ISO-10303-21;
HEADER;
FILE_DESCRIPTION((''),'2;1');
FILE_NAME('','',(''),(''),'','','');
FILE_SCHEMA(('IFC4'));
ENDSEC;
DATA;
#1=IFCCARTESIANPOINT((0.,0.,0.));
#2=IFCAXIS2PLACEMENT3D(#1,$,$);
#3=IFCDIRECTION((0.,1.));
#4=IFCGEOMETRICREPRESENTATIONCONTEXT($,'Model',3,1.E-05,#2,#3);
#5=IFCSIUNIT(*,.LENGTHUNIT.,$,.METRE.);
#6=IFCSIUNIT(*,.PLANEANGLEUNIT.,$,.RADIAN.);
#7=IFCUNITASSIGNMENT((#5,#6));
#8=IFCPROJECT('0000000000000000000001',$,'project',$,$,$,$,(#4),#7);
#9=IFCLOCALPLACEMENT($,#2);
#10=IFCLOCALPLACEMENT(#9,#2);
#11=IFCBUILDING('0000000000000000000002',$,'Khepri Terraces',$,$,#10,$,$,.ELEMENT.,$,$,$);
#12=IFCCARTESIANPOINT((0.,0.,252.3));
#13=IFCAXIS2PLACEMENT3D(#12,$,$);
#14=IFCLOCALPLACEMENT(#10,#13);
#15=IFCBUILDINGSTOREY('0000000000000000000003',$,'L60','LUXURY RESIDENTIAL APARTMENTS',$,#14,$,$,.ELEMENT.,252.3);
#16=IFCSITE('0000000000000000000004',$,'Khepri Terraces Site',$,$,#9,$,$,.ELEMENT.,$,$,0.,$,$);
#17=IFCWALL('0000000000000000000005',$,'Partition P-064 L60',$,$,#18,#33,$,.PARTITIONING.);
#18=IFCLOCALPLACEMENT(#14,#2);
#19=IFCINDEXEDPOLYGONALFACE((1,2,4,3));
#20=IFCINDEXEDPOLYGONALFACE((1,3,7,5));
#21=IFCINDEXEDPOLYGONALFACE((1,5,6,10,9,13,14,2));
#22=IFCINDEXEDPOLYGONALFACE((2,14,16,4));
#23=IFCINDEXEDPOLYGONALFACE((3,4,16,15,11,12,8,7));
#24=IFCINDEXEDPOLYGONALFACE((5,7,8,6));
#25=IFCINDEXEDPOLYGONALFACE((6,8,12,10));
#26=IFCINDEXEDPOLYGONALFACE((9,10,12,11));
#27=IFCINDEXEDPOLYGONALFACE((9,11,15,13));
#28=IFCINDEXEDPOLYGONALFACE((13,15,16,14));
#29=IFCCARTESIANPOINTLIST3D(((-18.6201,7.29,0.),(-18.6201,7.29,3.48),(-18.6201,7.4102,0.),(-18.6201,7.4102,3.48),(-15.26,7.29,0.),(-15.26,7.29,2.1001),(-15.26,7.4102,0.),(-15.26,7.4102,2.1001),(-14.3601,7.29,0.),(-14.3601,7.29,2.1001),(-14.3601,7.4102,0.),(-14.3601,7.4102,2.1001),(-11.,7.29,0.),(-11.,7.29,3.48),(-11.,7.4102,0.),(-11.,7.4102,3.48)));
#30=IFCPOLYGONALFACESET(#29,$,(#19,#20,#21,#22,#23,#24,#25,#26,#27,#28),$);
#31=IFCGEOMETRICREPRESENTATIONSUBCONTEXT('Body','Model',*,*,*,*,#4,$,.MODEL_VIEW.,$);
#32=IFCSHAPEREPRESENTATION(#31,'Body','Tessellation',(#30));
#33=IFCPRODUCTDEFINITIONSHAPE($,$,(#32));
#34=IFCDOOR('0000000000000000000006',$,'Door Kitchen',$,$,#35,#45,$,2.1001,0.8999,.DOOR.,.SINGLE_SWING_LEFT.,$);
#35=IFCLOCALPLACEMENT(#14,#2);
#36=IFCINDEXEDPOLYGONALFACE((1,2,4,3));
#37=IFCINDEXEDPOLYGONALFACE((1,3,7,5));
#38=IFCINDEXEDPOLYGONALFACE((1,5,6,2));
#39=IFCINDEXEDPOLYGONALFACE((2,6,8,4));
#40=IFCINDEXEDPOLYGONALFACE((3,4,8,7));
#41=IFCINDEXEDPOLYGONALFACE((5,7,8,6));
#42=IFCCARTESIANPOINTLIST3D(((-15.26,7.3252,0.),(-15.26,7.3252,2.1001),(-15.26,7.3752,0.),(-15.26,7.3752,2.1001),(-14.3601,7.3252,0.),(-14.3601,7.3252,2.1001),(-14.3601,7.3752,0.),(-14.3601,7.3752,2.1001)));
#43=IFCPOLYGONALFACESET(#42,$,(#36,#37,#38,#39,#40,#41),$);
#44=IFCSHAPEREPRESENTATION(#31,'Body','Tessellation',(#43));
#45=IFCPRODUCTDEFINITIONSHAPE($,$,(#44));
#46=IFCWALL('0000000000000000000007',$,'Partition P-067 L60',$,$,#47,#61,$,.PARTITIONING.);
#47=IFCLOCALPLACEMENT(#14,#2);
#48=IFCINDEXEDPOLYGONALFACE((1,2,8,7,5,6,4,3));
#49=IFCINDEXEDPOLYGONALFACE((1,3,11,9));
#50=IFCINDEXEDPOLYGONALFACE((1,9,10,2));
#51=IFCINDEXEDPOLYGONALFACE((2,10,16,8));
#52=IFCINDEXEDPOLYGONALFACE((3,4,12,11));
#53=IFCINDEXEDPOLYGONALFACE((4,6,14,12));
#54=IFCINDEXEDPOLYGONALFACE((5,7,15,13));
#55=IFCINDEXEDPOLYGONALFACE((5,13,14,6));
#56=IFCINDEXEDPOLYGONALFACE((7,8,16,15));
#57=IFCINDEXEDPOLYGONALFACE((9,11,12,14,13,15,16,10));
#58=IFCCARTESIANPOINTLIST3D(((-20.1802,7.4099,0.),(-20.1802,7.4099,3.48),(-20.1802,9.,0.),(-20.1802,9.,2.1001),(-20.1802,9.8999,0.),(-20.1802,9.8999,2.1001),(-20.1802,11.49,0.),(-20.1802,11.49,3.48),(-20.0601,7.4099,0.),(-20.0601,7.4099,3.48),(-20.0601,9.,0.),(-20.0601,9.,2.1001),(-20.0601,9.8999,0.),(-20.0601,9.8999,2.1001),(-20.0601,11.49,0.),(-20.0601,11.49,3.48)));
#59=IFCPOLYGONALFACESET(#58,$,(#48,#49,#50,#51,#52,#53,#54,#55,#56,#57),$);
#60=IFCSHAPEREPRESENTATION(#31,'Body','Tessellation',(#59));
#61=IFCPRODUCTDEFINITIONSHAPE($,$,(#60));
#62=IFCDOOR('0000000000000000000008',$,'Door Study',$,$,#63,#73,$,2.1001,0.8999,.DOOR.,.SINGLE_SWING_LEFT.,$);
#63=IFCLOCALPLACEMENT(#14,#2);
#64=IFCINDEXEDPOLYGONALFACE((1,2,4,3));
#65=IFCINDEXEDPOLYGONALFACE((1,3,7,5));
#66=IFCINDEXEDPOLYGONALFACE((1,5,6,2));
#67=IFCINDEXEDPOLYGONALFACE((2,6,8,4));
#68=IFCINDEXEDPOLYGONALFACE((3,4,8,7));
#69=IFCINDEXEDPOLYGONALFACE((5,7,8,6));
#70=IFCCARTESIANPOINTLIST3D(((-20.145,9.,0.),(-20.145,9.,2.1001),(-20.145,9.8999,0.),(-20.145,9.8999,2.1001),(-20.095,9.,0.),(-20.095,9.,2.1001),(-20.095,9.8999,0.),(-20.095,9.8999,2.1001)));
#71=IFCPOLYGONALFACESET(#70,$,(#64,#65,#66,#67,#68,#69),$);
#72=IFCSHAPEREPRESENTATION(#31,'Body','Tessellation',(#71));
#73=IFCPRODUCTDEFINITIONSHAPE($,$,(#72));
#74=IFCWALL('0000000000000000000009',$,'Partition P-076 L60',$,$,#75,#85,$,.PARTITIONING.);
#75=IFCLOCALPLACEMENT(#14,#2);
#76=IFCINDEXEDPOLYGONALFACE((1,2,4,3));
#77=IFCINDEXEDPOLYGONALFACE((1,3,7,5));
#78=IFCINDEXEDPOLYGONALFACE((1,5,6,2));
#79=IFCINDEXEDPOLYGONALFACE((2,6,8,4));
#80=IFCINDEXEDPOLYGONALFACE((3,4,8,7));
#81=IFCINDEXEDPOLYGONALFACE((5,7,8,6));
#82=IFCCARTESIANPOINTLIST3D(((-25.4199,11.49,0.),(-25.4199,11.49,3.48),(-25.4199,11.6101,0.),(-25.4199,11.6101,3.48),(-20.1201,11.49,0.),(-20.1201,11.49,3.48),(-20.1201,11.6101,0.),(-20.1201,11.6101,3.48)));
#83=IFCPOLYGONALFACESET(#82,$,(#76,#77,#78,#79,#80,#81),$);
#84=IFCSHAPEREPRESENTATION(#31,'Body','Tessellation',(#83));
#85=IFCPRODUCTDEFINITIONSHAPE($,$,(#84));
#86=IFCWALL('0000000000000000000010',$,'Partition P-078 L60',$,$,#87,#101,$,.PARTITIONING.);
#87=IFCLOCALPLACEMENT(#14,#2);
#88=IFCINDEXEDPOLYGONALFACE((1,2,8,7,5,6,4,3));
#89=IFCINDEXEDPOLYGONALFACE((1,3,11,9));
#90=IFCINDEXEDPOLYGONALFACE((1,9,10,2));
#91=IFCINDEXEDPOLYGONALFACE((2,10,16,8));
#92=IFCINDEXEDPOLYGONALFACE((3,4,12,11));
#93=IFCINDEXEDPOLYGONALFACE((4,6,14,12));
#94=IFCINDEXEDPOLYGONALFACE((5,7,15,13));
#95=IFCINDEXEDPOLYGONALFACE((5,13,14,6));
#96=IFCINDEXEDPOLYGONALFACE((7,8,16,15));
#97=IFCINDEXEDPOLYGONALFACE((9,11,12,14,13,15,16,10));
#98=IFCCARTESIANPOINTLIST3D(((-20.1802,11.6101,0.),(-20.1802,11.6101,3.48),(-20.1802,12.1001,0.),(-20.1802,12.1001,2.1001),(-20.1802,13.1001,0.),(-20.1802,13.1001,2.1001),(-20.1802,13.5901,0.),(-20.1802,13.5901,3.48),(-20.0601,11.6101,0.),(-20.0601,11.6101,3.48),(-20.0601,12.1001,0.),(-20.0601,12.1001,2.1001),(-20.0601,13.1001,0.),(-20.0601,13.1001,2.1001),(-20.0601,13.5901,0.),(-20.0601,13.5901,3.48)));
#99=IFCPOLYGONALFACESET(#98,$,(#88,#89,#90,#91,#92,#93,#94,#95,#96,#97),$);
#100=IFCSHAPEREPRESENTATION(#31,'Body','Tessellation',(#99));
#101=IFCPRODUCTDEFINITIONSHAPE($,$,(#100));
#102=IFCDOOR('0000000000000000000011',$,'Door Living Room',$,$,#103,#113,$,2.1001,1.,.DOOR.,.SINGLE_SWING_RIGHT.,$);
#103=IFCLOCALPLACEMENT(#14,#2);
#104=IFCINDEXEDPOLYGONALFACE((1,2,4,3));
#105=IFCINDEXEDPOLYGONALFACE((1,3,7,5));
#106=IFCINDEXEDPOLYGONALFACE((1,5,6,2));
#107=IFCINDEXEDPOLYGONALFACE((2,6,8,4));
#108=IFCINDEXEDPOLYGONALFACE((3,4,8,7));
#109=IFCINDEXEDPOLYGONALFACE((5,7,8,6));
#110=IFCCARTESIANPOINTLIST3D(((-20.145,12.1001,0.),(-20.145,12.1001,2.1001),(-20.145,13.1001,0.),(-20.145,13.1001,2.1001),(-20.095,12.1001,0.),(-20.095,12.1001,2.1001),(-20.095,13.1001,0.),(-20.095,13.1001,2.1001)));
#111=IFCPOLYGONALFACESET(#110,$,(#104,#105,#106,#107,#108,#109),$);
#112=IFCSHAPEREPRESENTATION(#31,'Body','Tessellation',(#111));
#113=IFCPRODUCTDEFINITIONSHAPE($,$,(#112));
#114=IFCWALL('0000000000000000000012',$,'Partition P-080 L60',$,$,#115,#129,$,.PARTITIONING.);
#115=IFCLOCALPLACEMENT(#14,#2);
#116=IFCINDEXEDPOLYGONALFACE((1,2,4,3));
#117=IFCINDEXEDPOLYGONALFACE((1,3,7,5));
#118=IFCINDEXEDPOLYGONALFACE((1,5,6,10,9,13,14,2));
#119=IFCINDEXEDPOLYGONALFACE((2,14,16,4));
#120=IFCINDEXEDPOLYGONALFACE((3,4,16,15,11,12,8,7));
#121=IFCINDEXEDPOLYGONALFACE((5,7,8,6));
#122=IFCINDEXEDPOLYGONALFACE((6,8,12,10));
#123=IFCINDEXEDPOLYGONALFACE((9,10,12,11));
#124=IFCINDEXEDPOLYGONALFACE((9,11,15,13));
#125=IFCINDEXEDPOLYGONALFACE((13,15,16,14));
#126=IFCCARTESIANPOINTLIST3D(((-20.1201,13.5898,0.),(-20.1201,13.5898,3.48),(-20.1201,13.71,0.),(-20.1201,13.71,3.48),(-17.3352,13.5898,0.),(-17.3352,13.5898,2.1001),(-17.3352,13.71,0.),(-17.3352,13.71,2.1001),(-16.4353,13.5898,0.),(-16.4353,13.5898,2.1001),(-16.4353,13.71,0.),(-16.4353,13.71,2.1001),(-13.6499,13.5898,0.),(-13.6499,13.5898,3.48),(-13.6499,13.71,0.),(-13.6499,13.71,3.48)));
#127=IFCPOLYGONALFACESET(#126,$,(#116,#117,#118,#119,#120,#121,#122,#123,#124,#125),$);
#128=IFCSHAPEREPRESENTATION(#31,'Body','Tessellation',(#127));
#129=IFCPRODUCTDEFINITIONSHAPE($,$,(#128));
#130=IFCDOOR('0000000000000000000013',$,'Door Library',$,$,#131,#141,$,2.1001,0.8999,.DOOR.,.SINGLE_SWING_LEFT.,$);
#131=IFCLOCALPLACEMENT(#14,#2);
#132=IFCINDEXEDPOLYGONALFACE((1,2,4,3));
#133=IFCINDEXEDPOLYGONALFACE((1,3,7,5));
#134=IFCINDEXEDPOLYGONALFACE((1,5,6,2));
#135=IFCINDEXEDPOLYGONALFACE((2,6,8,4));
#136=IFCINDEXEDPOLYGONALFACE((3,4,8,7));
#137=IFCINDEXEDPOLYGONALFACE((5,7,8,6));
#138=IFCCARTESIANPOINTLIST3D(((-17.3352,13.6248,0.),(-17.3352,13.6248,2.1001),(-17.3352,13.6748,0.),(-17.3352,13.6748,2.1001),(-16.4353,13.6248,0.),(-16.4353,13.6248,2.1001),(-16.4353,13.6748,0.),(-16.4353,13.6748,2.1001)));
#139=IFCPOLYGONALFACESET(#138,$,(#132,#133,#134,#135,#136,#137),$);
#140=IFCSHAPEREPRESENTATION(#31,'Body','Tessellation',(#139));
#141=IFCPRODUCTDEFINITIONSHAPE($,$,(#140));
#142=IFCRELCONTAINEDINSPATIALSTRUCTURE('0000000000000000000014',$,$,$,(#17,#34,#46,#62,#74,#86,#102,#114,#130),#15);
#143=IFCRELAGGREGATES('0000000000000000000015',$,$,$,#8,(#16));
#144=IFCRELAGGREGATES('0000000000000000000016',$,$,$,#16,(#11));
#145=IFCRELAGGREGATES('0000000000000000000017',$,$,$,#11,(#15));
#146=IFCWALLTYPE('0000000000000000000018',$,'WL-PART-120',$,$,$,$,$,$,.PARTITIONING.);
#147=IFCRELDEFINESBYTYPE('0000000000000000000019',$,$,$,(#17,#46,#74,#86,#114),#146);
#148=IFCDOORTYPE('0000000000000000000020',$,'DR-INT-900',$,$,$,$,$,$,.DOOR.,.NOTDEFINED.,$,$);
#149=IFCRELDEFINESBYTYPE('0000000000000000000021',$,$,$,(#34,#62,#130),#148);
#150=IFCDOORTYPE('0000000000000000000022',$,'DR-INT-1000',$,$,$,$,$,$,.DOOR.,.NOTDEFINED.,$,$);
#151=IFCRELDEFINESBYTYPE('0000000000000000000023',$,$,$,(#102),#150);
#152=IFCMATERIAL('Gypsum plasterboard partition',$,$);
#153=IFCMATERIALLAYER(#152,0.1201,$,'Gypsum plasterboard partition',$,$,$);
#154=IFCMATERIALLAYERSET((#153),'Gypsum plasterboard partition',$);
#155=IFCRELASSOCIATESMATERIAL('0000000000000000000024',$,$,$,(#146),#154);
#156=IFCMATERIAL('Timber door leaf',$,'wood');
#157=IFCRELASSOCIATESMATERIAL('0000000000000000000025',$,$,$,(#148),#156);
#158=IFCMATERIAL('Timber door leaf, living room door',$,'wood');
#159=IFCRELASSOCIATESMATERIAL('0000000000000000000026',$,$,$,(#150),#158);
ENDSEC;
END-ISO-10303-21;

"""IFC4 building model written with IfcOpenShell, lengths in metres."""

from ifc_helpers import new_model, si_unit, direction, frame, frame_2d, origin, place, context, subcontext, project, spatial, rectangle, extrude, material, layer, layer_set, type_object, element, fill, save


model = new_model("IFC4")

# Units and contexts
model_context = context("Model", 3, precision=1e-05, world=origin(), true_north=direction((0.0, 1.0)))
body_context = subcontext(model_context, "Body", "Model", "MODEL_VIEW")
ifc_project = project(units=[si_unit("LENGTHUNIT", "METRE"), si_unit("PLANEANGLEUNIT", "RADIAN")], contexts=[model_context])

# Site, building, storey
site_placement = place(None, origin())
site = spatial("IfcSite", under=ifc_project, at=site_placement, Name="Khepri Terraces Site", CompositionType="ELEMENT", RefElevation=0.0)
building_placement = place(site_placement, origin())
building = spatial("IfcBuilding", under=site, at=building_placement, Name="Khepri Terraces", CompositionType="ELEMENT")
storey_placement = place(building_placement, frame((0.0, 0.0, 252.3)))
storey = spatial("IfcBuildingStorey", under=building, at=storey_placement, Name="L60", Description="LUXURY RESIDENTIAL APARTMENTS", CompositionType="ELEMENT", Elevation=252.3)

# Shared definitions
ifc_material_1 = material(Name="Gypsum plasterboard partition")
ifc_layer_1 = layer(ifc_material_1, 0.1201, Name="Gypsum plasterboard partition")
ifc_layer_set_1 = layer_set([ifc_layer_1], Name="Gypsum plasterboard partition")
wall_type_1 = type_object("IfcWallType", Name="WL-PART-120", PredefinedType="PARTITIONING", material=ifc_layer_set_1)

# Shared definitions
ifc_material_2 = material(Name="Timber door leaf", Category="wood")
door_type_1 = type_object("IfcDoorType", Name="DR-INT-900", OperationType="NOTDEFINED", PredefinedType="DOOR", material=ifc_material_2)

# Walls, openings, doors
wall_1_placement = place(storey_placement, frame((-18.6201, 7.3501, 0.0), z_axis=(0.0, 0.0, 1.0), x_axis=(1.0, 0.0, 0.0)))
wall_1 = element("IfcWall", 1, at=wall_1_placement, inside=storey, type_object=wall_type_1, Name="Partition P-064 L60", PredefinedType="PARTITIONING", context=body_context, shape_type="SweptSolid", body=[
    extrude(rectangle(XDim=7.6201, YDim=0.1201, at=frame_2d((3.8101, 0.0))), origin(), (0.0, 0.0, 1.0), 3.48),
])
opening_1_placement = place(wall_1_placement, frame((3.3601, 0.0, 0.0)))
opening_1 = element("IfcOpeningElement", 2, at=opening_1_placement, cuts=wall_1, PredefinedType="OPENING", context=body_context, shape_type="SweptSolid", body=[
    extrude(rectangle(XDim=0.8999, YDim=2.1001, at=frame_2d((0.45, 1.05))), frame((0.0, 0.0701, 0.0), z_axis=(0.0, -1.0, 0.0), x_axis=(1.0, 0.0, 0.0)), (0.0, 0.0, 1.0), 0.1401),
])
door_1_placement = place(opening_1_placement, frame((0.8999, 0.0, 0.0), z_axis=(0.0, 0.0, 1.0), x_axis=(-1.0, 0.0, 0.0)))
door_1 = element("IfcDoor", 3, at=door_1_placement, inside=storey, type_object=door_type_1, Name="Door Kitchen", OperationType="SINGLE_SWING_LEFT", OverallHeight=2.1001, OverallWidth=0.8999, PredefinedType="DOOR", context=body_context, shape_type="SweptSolid", body=[
    extrude(rectangle(XDim=0.8999, YDim=2.1001, at=frame_2d((0.45, 1.05))), frame((0.0, 0.0249, 0.0), z_axis=(0.0, -1.0, 0.0), x_axis=(1.0, 0.0, 0.0)), (0.0, 0.0, 1.0), 0.05),
])
fill(opening_1, door_1)
wall_2_placement = place(storey_placement, frame((-20.1201, 7.4099, 0.0), z_axis=(0.0, 0.0, 1.0), x_axis=(0.0, 1.0, 0.0)))
wall_2 = element("IfcWall", 4, at=wall_2_placement, inside=storey, type_object=wall_type_1, Name="Partition P-067 L60", PredefinedType="PARTITIONING", context=body_context, shape_type="SweptSolid", body=[
    extrude(rectangle(XDim=4.0801, YDim=0.1201, at=frame_2d((2.04, 0.0))), origin(), (0.0, 0.0, 1.0), 3.48),
])
opening_2_placement = place(wall_2_placement, frame((1.5901, 0.0, 0.0)))
opening_2 = element("IfcOpeningElement", 5, at=opening_2_placement, cuts=wall_2, PredefinedType="OPENING", context=body_context, shape_type="SweptSolid", body=[
    extrude(rectangle(XDim=0.8999, YDim=2.1001, at=frame_2d((0.45, 1.05))), frame((0.0, 0.0701, 0.0), z_axis=(0.0, -1.0, 0.0), x_axis=(1.0, 0.0, 0.0)), (0.0, 0.0, 1.0), 0.1401),
])
door_2_placement = place(opening_2_placement, origin())
door_2 = element("IfcDoor", 6, at=door_2_placement, inside=storey, type_object=door_type_1, Name="Door Study", OperationType="SINGLE_SWING_LEFT", OverallHeight=2.1001, OverallWidth=0.8999, PredefinedType="DOOR", context=body_context, shape_type="SweptSolid", body=[
    extrude(rectangle(XDim=0.8999, YDim=2.1001, at=frame_2d((0.45, 1.05))), frame((0.0, 0.0249, 0.0), z_axis=(0.0, -1.0, 0.0), x_axis=(1.0, 0.0, 0.0)), (0.0, 0.0, 1.0), 0.05),
])
fill(opening_2, door_2)

# Wall
wall_3_placement = place(storey_placement, frame((-25.4199, 11.55, 0.0), z_axis=(0.0, 0.0, 1.0), x_axis=(1.0, 0.0, 0.0)))
element("IfcWall", 7, at=wall_3_placement, inside=storey, type_object=wall_type_1, Name="Partition P-076 L60", PredefinedType="PARTITIONING", context=body_context, shape_type="SweptSolid", body=[
    extrude(rectangle(XDim=5.2998, YDim=0.1201, at=frame_2d((2.6499, 0.0))), origin(), (0.0, 0.0, 1.0), 3.48),
])

# Walls, openings, doors
wall_4_placement = place(storey_placement, frame((-20.1201, 11.6101, 0.0), z_axis=(0.0, 0.0, 1.0), x_axis=(0.0, 1.0, 0.0)))
wall_4 = element("IfcWall", 8, at=wall_4_placement, inside=storey, type_object=wall_type_1, Name="Partition P-078 L60", PredefinedType="PARTITIONING", context=body_context, shape_type="SweptSolid", body=[
    extrude(rectangle(XDim=1.98, YDim=0.1201, at=frame_2d((0.99, 0.0))), origin(), (0.0, 0.0, 1.0), 3.48),
])
opening_3_placement = place(wall_4_placement, frame((0.49, 0.0, 0.0)))
opening_3 = element("IfcOpeningElement", 9, at=opening_3_placement, cuts=wall_4, PredefinedType="OPENING", context=body_context, shape_type="SweptSolid", body=[
    extrude(rectangle(XDim=1.0, YDim=2.1001, at=frame_2d((0.5, 1.05))), frame((0.0, 0.0701, 0.0), z_axis=(0.0, -1.0, 0.0), x_axis=(1.0, 0.0, 0.0)), (0.0, 0.0, 1.0), 0.1401),
])
ifc_material_3 = material(Name="Timber door leaf, living room door", Category="wood")
door_type_2 = type_object("IfcDoorType", Name="DR-INT-1000", OperationType="NOTDEFINED", PredefinedType="DOOR", material=ifc_material_3)
door_3_placement = place(opening_3_placement, origin())
door_3 = element("IfcDoor", 10, at=door_3_placement, inside=storey, type_object=door_type_2, Name="Door Living Room", OperationType="SINGLE_SWING_RIGHT", OverallHeight=2.1001, OverallWidth=1.0, PredefinedType="DOOR", context=body_context, shape_type="SweptSolid", body=[
    extrude(rectangle(XDim=1.0, YDim=2.1001, at=frame_2d((0.5, 1.05))), frame((0.0, 0.0249, 0.0), z_axis=(0.0, -1.0, 0.0), x_axis=(1.0, 0.0, 0.0)), (0.0, 0.0, 1.0), 0.05),
])
fill(opening_3, door_3)
wall_5_placement = place(storey_placement, frame((-20.1201, 13.6499, 0.0), z_axis=(0.0, 0.0, 1.0), x_axis=(1.0, 0.0, 0.0)))
wall_5 = element("IfcWall", 11, at=wall_5_placement, inside=storey, type_object=wall_type_1, Name="Partition P-080 L60", PredefinedType="PARTITIONING", context=body_context, shape_type="SweptSolid", body=[
    extrude(rectangle(XDim=6.4702, YDim=0.1201, at=frame_2d((3.2351, 0.0))), origin(), (0.0, 0.0, 1.0), 3.48),
])
opening_4_placement = place(wall_5_placement, frame((2.7849, 0.0, 0.0)))
opening_4 = element("IfcOpeningElement", 12, at=opening_4_placement, cuts=wall_5, PredefinedType="OPENING", context=body_context, shape_type="SweptSolid", body=[
    extrude(rectangle(XDim=0.8999, YDim=2.1001, at=frame_2d((0.45, 1.05))), frame((0.0, 0.0701, 0.0), z_axis=(0.0, -1.0, 0.0), x_axis=(1.0, 0.0, 0.0)), (0.0, 0.0, 1.0), 0.1401),
])
door_4_placement = place(opening_4_placement, origin())
door_4 = element("IfcDoor", 13, at=door_4_placement, inside=storey, type_object=door_type_1, Name="Door Library", OperationType="SINGLE_SWING_LEFT", OverallHeight=2.1001, OverallWidth=0.8999, PredefinedType="DOOR", context=body_context, shape_type="SweptSolid", body=[
    extrude(rectangle(XDim=0.8999, YDim=2.1001, at=frame_2d((0.45, 1.05))), frame((0.0, 0.0249, 0.0), z_axis=(0.0, -1.0, 0.0), x_axis=(1.0, 0.0, 0.0)), (0.0, 0.0, 1.0), 0.05),
])
fill(opening_4, door_4)

save(model, "model.ifc")
